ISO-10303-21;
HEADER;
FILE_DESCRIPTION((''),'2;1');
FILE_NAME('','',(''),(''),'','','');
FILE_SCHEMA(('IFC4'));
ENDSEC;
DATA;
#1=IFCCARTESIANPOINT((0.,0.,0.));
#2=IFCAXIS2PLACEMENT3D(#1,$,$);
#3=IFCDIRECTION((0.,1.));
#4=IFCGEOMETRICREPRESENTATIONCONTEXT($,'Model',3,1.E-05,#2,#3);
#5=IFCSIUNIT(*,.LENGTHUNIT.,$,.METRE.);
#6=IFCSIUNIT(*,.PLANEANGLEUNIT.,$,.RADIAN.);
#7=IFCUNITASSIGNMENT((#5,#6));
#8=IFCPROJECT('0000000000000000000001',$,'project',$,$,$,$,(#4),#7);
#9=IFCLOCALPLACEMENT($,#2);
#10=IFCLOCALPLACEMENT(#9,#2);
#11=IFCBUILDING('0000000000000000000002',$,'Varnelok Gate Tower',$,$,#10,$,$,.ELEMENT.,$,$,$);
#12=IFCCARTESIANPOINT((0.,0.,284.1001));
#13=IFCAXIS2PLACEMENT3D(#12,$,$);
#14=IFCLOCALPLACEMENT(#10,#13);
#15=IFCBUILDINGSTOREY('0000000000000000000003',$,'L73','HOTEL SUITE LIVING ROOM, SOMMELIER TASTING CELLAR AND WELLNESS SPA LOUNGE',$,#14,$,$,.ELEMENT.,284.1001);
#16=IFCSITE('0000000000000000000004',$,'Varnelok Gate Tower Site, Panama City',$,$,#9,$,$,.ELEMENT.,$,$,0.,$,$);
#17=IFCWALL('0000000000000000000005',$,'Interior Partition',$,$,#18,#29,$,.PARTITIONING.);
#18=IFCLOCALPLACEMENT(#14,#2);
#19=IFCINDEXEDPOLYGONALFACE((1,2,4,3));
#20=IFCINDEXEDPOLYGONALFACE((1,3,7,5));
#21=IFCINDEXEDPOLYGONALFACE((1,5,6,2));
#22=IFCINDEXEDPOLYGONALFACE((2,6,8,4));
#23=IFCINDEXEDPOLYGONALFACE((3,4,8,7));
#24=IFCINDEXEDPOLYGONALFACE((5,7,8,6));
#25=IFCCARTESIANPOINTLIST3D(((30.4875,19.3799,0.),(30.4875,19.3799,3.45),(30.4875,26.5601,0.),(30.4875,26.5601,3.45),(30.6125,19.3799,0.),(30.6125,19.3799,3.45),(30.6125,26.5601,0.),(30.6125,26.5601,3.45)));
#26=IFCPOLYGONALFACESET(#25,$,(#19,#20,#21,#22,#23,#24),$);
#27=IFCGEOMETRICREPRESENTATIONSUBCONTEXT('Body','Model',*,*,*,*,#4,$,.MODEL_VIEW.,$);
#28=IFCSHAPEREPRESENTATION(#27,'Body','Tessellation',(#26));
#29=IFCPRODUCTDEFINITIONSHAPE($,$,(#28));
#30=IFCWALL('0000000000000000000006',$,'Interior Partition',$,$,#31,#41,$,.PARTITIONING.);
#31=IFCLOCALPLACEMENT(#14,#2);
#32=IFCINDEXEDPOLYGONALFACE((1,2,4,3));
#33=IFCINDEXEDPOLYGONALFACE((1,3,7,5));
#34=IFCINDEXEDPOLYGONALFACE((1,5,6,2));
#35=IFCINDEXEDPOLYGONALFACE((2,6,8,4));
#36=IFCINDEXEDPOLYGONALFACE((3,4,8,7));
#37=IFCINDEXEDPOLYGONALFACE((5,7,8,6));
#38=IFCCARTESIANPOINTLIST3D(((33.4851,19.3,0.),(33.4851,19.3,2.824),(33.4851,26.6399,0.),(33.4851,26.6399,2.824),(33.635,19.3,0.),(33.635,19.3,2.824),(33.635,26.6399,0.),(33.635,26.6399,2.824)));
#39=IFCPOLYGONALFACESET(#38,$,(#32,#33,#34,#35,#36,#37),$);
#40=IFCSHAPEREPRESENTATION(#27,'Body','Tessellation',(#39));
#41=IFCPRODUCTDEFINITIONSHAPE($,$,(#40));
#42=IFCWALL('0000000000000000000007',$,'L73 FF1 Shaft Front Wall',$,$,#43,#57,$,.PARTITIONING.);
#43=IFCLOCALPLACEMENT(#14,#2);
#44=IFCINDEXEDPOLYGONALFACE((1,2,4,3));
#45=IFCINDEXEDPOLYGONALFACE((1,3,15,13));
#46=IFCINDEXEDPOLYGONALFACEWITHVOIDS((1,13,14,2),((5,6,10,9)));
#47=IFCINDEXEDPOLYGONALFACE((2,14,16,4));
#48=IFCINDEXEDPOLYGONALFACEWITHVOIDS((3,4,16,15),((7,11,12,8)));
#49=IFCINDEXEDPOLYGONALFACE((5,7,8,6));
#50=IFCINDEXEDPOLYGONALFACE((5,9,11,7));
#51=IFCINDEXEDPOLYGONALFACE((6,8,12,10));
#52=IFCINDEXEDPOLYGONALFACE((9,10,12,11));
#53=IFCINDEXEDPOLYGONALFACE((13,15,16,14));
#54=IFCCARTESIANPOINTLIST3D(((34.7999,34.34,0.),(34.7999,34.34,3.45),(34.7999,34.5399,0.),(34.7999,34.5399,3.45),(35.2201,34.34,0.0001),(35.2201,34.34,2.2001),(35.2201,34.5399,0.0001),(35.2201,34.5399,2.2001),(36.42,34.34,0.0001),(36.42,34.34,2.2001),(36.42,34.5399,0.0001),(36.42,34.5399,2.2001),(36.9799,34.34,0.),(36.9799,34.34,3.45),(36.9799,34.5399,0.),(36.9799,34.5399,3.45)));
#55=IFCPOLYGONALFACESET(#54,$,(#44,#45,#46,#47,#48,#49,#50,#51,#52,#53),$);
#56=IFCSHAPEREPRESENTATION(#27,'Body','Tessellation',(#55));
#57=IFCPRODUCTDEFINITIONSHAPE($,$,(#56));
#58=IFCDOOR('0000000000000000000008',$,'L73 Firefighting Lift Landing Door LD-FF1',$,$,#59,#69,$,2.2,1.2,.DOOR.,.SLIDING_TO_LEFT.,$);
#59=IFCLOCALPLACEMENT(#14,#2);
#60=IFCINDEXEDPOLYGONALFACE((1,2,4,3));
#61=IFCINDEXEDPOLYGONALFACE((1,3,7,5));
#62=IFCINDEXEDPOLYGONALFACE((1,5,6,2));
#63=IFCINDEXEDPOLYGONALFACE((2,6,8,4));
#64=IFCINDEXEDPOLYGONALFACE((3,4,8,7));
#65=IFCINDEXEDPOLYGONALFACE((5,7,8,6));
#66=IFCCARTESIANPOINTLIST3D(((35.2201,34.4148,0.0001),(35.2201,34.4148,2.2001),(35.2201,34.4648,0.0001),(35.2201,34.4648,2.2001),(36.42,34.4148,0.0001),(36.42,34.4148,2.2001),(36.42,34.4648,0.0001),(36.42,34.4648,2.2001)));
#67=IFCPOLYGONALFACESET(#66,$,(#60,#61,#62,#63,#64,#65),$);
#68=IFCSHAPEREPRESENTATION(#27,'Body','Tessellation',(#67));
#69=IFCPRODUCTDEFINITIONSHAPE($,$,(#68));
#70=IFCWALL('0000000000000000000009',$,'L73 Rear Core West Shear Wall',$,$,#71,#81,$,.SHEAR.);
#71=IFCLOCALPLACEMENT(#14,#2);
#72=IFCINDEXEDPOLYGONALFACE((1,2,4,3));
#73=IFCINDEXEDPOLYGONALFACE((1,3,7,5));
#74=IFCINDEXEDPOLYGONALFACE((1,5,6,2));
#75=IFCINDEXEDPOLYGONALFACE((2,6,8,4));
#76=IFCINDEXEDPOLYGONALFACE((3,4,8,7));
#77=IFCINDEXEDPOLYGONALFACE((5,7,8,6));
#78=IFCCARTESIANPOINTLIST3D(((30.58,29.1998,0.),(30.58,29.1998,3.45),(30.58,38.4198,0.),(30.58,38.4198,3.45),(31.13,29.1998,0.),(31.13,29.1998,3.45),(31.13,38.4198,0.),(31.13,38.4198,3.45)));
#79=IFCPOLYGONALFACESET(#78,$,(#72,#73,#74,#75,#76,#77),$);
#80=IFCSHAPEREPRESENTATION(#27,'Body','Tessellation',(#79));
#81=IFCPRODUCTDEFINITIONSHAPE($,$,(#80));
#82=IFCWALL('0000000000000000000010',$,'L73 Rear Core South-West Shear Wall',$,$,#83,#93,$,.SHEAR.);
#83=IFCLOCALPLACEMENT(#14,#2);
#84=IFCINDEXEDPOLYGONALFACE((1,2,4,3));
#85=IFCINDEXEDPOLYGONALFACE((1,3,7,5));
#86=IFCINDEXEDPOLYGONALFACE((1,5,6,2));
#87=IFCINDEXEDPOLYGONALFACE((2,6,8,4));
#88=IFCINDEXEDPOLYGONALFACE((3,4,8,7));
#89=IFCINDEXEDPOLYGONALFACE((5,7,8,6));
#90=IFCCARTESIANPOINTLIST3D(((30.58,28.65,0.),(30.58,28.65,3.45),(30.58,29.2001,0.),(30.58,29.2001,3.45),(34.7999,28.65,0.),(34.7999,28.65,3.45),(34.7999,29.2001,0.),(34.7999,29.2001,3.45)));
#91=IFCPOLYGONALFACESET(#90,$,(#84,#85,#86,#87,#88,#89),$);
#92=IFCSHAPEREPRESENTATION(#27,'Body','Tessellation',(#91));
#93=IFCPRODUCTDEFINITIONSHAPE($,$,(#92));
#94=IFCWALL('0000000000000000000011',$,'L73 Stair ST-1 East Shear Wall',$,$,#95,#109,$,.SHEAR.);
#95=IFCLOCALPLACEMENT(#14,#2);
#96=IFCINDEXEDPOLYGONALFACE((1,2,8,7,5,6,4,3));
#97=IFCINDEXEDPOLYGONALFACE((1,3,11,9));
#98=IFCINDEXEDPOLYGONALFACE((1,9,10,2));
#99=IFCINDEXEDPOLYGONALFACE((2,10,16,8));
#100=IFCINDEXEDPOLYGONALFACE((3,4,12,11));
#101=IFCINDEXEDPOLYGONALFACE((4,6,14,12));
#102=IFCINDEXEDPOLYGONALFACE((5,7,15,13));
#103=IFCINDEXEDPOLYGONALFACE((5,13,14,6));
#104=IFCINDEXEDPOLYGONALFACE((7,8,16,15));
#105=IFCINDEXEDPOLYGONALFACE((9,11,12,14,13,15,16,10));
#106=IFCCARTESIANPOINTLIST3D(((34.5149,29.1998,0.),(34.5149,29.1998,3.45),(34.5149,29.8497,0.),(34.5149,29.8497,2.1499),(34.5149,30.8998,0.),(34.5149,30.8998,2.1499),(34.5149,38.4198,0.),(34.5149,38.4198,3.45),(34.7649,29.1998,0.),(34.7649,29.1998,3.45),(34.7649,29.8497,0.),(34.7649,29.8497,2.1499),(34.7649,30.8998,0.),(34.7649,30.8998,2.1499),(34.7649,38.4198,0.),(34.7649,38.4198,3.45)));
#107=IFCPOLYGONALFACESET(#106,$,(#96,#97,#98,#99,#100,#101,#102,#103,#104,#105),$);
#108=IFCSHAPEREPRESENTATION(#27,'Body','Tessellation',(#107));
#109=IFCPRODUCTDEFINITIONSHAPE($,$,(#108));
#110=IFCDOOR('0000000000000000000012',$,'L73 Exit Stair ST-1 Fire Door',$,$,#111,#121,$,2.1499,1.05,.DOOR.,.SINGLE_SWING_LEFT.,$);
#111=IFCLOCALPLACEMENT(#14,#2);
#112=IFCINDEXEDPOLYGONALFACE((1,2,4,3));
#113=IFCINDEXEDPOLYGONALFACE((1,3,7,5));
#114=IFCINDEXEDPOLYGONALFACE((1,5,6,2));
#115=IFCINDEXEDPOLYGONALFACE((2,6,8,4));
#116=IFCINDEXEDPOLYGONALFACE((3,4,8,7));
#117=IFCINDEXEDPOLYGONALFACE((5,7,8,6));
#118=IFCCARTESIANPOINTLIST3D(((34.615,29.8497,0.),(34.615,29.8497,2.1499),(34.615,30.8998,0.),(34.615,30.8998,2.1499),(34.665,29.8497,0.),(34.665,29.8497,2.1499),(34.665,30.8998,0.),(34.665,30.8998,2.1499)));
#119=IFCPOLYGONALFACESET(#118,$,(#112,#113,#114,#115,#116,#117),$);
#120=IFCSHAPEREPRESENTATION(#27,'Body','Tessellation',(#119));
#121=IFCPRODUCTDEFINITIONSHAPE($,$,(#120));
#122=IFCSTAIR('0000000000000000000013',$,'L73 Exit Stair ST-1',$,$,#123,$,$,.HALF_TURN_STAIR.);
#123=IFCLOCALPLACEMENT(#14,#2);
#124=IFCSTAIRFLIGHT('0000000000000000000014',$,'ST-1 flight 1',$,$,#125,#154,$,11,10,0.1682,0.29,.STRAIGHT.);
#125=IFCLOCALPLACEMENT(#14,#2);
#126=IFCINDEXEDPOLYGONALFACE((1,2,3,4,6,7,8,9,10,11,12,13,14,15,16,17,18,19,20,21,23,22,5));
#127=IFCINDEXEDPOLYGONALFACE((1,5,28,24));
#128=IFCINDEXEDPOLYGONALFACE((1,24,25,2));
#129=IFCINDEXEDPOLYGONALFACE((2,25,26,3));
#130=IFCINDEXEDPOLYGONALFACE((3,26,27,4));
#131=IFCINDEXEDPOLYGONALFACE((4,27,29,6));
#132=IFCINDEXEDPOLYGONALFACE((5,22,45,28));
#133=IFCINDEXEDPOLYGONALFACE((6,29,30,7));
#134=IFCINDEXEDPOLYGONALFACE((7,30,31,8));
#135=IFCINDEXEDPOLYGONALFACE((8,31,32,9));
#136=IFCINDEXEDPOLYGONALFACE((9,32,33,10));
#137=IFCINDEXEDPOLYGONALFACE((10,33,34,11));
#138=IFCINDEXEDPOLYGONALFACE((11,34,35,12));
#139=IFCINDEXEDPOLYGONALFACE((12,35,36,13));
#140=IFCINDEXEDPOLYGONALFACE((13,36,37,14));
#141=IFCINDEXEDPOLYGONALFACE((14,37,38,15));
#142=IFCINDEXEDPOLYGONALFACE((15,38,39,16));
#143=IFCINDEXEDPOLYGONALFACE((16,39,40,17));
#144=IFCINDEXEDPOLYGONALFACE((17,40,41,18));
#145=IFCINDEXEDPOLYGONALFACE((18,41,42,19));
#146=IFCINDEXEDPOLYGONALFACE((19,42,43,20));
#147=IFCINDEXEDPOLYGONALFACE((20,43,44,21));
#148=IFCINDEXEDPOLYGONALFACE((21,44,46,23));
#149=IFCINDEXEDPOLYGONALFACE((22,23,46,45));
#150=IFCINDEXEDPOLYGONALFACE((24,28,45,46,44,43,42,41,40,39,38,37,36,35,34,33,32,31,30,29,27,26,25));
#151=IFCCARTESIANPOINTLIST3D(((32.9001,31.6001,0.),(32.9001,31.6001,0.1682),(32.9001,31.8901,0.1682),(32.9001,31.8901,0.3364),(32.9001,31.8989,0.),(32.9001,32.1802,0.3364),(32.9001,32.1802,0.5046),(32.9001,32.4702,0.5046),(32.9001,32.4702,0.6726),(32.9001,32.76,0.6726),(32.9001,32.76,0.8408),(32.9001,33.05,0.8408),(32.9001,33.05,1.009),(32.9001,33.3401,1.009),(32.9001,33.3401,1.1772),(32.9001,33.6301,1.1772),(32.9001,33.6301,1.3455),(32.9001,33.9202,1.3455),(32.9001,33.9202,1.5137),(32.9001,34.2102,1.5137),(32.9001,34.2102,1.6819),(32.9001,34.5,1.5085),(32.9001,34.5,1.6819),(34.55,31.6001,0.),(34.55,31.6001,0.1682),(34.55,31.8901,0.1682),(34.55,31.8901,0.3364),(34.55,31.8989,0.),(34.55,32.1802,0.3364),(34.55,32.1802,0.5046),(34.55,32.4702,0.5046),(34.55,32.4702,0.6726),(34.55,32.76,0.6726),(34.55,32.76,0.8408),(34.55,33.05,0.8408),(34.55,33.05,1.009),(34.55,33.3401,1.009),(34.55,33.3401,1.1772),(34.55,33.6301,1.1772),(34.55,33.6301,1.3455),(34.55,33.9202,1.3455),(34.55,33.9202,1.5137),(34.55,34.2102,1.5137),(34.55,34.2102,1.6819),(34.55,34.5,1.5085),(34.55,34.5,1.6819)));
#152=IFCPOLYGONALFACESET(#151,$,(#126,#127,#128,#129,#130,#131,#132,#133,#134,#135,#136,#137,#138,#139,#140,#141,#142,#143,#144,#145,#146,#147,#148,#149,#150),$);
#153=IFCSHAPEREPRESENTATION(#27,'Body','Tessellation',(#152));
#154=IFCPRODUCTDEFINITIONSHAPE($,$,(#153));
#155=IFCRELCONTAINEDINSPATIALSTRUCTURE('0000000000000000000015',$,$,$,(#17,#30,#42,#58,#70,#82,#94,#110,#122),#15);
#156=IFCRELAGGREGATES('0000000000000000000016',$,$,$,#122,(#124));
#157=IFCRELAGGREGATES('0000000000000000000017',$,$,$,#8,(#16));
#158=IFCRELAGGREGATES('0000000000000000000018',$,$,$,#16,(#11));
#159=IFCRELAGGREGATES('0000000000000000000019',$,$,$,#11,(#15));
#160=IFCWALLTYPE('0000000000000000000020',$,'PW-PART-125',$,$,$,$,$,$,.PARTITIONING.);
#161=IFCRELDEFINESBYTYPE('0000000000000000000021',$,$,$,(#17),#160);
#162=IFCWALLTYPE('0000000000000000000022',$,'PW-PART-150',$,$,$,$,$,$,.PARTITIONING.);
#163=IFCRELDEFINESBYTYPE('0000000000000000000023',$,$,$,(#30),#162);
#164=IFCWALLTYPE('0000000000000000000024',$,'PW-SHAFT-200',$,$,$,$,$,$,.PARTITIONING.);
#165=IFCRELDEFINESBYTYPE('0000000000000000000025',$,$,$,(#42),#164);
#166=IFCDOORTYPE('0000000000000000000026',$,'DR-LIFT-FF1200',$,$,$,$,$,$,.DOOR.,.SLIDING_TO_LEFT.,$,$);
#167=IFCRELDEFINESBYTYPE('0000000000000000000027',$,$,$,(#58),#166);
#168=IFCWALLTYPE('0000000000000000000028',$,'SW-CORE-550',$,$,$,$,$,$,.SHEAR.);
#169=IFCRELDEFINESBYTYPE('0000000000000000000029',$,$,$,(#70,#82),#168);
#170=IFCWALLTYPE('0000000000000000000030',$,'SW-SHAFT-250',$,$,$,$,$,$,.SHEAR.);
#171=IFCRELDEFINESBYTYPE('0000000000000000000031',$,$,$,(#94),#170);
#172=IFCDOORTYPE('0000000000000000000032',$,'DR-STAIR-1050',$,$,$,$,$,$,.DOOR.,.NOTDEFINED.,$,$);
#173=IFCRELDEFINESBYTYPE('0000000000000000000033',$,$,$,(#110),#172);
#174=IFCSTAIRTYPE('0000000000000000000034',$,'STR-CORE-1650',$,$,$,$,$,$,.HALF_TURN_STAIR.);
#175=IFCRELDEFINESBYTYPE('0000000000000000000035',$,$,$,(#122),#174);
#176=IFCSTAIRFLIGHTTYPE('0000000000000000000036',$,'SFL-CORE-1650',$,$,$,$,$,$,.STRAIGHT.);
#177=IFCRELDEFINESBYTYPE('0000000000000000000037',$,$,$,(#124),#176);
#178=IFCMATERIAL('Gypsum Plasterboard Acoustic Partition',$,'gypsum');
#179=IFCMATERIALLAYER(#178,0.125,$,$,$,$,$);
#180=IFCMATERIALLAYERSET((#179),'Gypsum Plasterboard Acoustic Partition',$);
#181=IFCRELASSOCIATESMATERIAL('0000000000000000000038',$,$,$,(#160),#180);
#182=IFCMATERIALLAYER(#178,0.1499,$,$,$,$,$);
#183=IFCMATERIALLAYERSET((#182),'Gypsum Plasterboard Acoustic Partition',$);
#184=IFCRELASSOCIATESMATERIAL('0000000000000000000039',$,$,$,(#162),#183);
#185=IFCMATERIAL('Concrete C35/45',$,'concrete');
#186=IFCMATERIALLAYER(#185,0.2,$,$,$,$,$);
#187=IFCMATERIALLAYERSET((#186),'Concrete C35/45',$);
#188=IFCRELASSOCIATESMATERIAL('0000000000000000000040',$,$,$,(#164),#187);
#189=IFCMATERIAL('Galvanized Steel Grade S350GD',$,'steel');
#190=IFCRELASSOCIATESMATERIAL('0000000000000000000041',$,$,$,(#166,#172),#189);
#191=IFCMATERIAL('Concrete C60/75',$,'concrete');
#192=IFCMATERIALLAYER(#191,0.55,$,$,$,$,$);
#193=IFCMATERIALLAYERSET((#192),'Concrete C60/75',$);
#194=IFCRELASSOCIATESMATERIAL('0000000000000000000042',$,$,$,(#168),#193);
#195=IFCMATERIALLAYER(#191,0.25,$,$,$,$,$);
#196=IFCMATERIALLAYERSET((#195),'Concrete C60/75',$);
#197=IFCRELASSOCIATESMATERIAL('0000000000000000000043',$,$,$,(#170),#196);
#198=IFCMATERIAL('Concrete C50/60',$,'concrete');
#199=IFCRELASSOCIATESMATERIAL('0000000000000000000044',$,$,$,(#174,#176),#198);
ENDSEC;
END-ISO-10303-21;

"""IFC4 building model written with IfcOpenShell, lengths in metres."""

from ifc_helpers import new_model, si_unit, direction, frame, frame_2d, origin, place, context, subcontext, project, spatial, polyline, rectangle, outline, extrude, material, layer, layer_set, type_object, element, fill, aggregate, save


model = new_model("IFC4")

# Units and contexts
model_context = context("Model", 3, precision=1e-05, world=origin(), true_north=direction((0.0, 1.0)))
body_context = subcontext(model_context, "Body", "Model", "MODEL_VIEW")
ifc_project = project(units=[si_unit("LENGTHUNIT", "METRE"), si_unit("PLANEANGLEUNIT", "RADIAN")], contexts=[model_context])

# Site, building, storey
site_placement = place(None, origin())
site = spatial("IfcSite", under=ifc_project, at=site_placement, Name="Varnelok Gate Tower Site, Panama City", CompositionType="ELEMENT", RefElevation=0.0)
building_placement = place(site_placement, origin())
building = spatial("IfcBuilding", under=site, at=building_placement, Name="Varnelok Gate Tower", CompositionType="ELEMENT")
storey_placement = place(building_placement, frame((0.0, 0.0, 284.1001)))
storey = spatial("IfcBuildingStorey", under=building, at=storey_placement, Name="L73", Description="HOTEL SUITE LIVING ROOM, SOMMELIER TASTING CELLAR AND WELLNESS SPA LOUNGE", CompositionType="ELEMENT", Elevation=284.1001)

# Shared definitions
ifc_material_1 = material(Name="Concrete C50/60", Category="concrete")

# Shared definitions
ifc_material_2 = material(Name="Concrete C60/75", Category="concrete")

# Walls
ifc_material_3 = material(Name="Gypsum Plasterboard Acoustic Partition", Category="gypsum")
ifc_layer_1 = layer(ifc_material_3, 0.125)
ifc_layer_set_1 = layer_set([ifc_layer_1], Name="Gypsum Plasterboard Acoustic Partition")
wall_type_1 = type_object("IfcWallType", Name="PW-PART-125", PredefinedType="PARTITIONING", material=ifc_layer_set_1)
wall_1_placement = place(storey_placement, frame((30.55, 19.3799, 0.0), z_axis=(0.0, 0.0, 1.0), x_axis=(0.0, 1.0, 0.0)))
element("IfcWall", 1, at=wall_1_placement, inside=storey, type_object=wall_type_1, Name="Interior Partition", PredefinedType="PARTITIONING", context=body_context, shape_type="SweptSolid", body=[
    extrude(rectangle(XDim=7.1802, YDim=0.125, at=frame_2d((3.5901, 0.0))), origin(), (0.0, 0.0, 1.0), 3.45),
])
ifc_layer_2 = layer(ifc_material_3, 0.1499)
ifc_layer_set_2 = layer_set([ifc_layer_2], Name="Gypsum Plasterboard Acoustic Partition")
wall_type_2 = type_object("IfcWallType", Name="PW-PART-150", PredefinedType="PARTITIONING", material=ifc_layer_set_2)
wall_2_placement = place(storey_placement, frame((33.5601, 19.3, 0.0), z_axis=(0.0, 0.0, 1.0), x_axis=(0.0, 1.0, 0.0)))
element("IfcWall", 2, at=wall_2_placement, inside=storey, type_object=wall_type_2, Name="Interior Partition", PredefinedType="PARTITIONING", context=body_context, shape_type="SweptSolid", body=[
    extrude(rectangle(XDim=7.3398, YDim=0.1499, at=frame_2d((3.6699, 0.0))), origin(), (0.0, 0.0, 1.0), 2.824),
])

# Wall, opening, door
ifc_material_4 = material(Name="Concrete C35/45", Category="concrete")
ifc_layer_3 = layer(ifc_material_4, 0.2)
ifc_layer_set_3 = layer_set([ifc_layer_3], Name="Concrete C35/45")
wall_type_3 = type_object("IfcWallType", Name="PW-SHAFT-200", PredefinedType="PARTITIONING", material=ifc_layer_set_3)
wall_3_placement = place(storey_placement, frame((34.8, 34.4399, 0.0), z_axis=(0.0, 0.0, 1.0), x_axis=(1.0, 0.0, 0.0)))
wall_3 = element("IfcWall", 3, at=wall_3_placement, inside=storey, type_object=wall_type_3, Name="L73 FF1 Shaft Front Wall", PredefinedType="PARTITIONING", context=body_context, shape_type="SweptSolid", body=[
    extrude(rectangle(XDim=2.1799, YDim=0.2, at=frame_2d((1.0898, 0.0))), origin(), (0.0, 0.0, 1.0), 3.45),
])
opening_1_placement = place(wall_3_placement, frame((0.4199, 0.0, 0.0)))
opening_1 = element("IfcOpeningElement", 4, at=opening_1_placement, cuts=wall_3, PredefinedType="OPENING", context=body_context, shape_type="SweptSolid", body=[
    extrude(rectangle(XDim=1.2, YDim=2.2, at=frame_2d((0.6001, 1.1001))), frame((0.0, 0.1099, 0.0), z_axis=(0.0, -1.0, 0.0), x_axis=(1.0, 0.0, 0.0)), (0.0, 0.0, 1.0), 0.22),
])
ifc_material_5 = material(Name="Galvanized Steel Grade S350GD", Category="steel")
door_type_1 = type_object("IfcDoorType", Name="DR-LIFT-FF1200", OperationType="SLIDING_TO_LEFT", PredefinedType="DOOR", material=ifc_material_5)
door_1_placement = place(opening_1_placement, origin())
door_1 = element("IfcDoor", 5, at=door_1_placement, inside=storey, type_object=door_type_1, Name="L73 Firefighting Lift Landing Door LD-FF1", OperationType="SLIDING_TO_LEFT", OverallHeight=2.2, OverallWidth=1.2, PredefinedType="DOOR", context=body_context, shape_type="SweptSolid", body=[
    extrude(rectangle(XDim=1.2, YDim=2.2, at=frame_2d((0.6001, 1.1001))), frame((0.0, 0.0249, 0.0), z_axis=(0.0, -1.0, 0.0), x_axis=(1.0, 0.0, 0.0)), (0.0, 0.0, 1.0), 0.05),
])
fill(opening_1, door_1)

# Walls
ifc_layer_4 = layer(ifc_material_2, 0.55)
ifc_layer_set_4 = layer_set([ifc_layer_4], Name="Concrete C60/75")
wall_type_4 = type_object("IfcWallType", Name="SW-CORE-550", PredefinedType="SHEAR", material=ifc_layer_set_4)
wall_4_placement = place(storey_placement, frame((30.855, 29.2, 0.0), z_axis=(0.0, 0.0, 1.0), x_axis=(0.0, 1.0, 0.0)))
element("IfcWall", 6, at=wall_4_placement, inside=storey, type_object=wall_type_4, Name="L73 Rear Core West Shear Wall", PredefinedType="SHEAR", context=body_context, shape_type="SweptSolid", body=[
    extrude(rectangle(XDim=9.22, YDim=0.55, at=frame_2d((4.6099, 0.0))), origin(), (0.0, 0.0, 1.0), 3.45),
])
wall_5_placement = place(storey_placement, frame((30.5801, 28.925, 0.0), z_axis=(0.0, 0.0, 1.0), x_axis=(1.0, 0.0, 0.0)))
element("IfcWall", 7, at=wall_5_placement, inside=storey, type_object=wall_type_4, Name="L73 Rear Core South-West Shear Wall", PredefinedType="SHEAR", context=body_context, shape_type="SweptSolid", body=[
    extrude(rectangle(XDim=4.22, YDim=0.55, at=frame_2d((2.1099, 0.0))), origin(), (0.0, 0.0, 1.0), 3.45),
])

# Wall, opening, door
ifc_layer_5 = layer(ifc_material_2, 0.25)
ifc_layer_set_5 = layer_set([ifc_layer_5], Name="Concrete C60/75")
wall_type_5 = type_object("IfcWallType", Name="SW-SHAFT-250", PredefinedType="SHEAR", material=ifc_layer_set_5)
wall_6_placement = place(storey_placement, frame((34.6399, 29.2, 0.0), z_axis=(0.0, 0.0, 1.0), x_axis=(0.0, 1.0, 0.0)))
wall_6 = element("IfcWall", 8, at=wall_6_placement, inside=storey, type_object=wall_type_5, Name="L73 Stair ST-1 East Shear Wall", PredefinedType="SHEAR", context=body_context, shape_type="SweptSolid", body=[
    extrude(rectangle(XDim=9.22, YDim=0.25, at=frame_2d((4.6099, 0.0))), origin(), (0.0, 0.0, 1.0), 3.45),
])
opening_2_placement = place(wall_6_placement, frame((0.6499, 0.0, 0.0)))
opening_2 = element("IfcOpeningElement", 9, at=opening_2_placement, cuts=wall_6, PredefinedType="OPENING", context=body_context, shape_type="SweptSolid", body=[
    extrude(rectangle(XDim=1.05, YDim=2.1499, at=frame_2d((0.5249, 1.075))), frame((0.0, 0.135, 0.0), z_axis=(0.0, -1.0, 0.0), x_axis=(1.0, 0.0, 0.0)), (0.0, 0.0, 1.0), 0.27),
])
door_type_2 = type_object("IfcDoorType", Name="DR-STAIR-1050", OperationType="NOTDEFINED", PredefinedType="DOOR", material=ifc_material_5)
door_2_placement = place(opening_2_placement, origin())
door_2 = element("IfcDoor", 10, at=door_2_placement, inside=storey, type_object=door_type_2, Name="L73 Exit Stair ST-1 Fire Door", OperationType="SINGLE_SWING_LEFT", OverallHeight=2.1499, OverallWidth=1.05, PredefinedType="DOOR", context=body_context, shape_type="SweptSolid", body=[
    extrude(rectangle(XDim=1.05, YDim=2.1499, at=frame_2d((0.5249, 1.075))), frame((0.0, 0.0249, 0.0), z_axis=(0.0, -1.0, 0.0), x_axis=(1.0, 0.0, 0.0)), (0.0, 0.0, 1.0), 0.05),
])
fill(opening_2, door_2)

# Stair, stair flight
stair_type = type_object("IfcStairType", Name="STR-CORE-1650", PredefinedType="HALF_TURN_STAIR", material=ifc_material_1)
stair_placement = place(storey_placement, origin())
stair = element("IfcStair", 11, at=stair_placement, inside=storey, type_object=stair_type, Name="L73 Exit Stair ST-1", PredefinedType="HALF_TURN_STAIR")
stair_flight_type = type_object("IfcStairFlightType", Name="SFL-CORE-1650", PredefinedType="STRAIGHT", material=ifc_material_1)
stair_flight_placement = place(storey_placement, frame((33.7251, 31.6001, 0.0), z_axis=(0.0, 0.0, 1.0), x_axis=(0.0, 1.0, 0.0)))
stair_flight = element("IfcStairFlight", 12, at=stair_flight_placement, type_object=stair_flight_type, Name="ST-1 flight 1", NumberOfRisers=11, NumberOfTreads=10, PredefinedType="STRAIGHT", RiserHeight=0.1682, TreadLength=0.29, context=body_context, shape_type="SweptSolid", body=[
    extrude(outline(polyline([(0.0, 0.0), (0.0, 0.1682), (0.29, 0.1682), (0.29, 0.3364), (0.5801, 0.3364), (0.5801, 0.5046), (0.8701, 0.5046), (0.8701, 0.6726), (1.1599, 0.6726), (1.1599, 0.8408), (1.45, 0.8408), (1.45, 1.009), (1.74, 1.009), (1.74, 1.1772), (2.03, 1.1772), (2.03, 1.3455), (2.3201, 1.3455), (2.3201, 1.5137), (2.6101, 1.5137), (2.6101, 1.6819), (2.8999, 1.6819), (2.8999, 1.8501), (2.8999, 1.5085), (0.2988, 0.0), (0.0, 0.0)])), frame((0.0, 0.825, 0.0), z_axis=(0.0, -1.0, 0.0), x_axis=(1.0, 0.0, 0.0)), (0.0, 0.0, 1.0), 1.6499),
])
aggregate(stair, [stair_flight])

save(model, "model.ifc")
